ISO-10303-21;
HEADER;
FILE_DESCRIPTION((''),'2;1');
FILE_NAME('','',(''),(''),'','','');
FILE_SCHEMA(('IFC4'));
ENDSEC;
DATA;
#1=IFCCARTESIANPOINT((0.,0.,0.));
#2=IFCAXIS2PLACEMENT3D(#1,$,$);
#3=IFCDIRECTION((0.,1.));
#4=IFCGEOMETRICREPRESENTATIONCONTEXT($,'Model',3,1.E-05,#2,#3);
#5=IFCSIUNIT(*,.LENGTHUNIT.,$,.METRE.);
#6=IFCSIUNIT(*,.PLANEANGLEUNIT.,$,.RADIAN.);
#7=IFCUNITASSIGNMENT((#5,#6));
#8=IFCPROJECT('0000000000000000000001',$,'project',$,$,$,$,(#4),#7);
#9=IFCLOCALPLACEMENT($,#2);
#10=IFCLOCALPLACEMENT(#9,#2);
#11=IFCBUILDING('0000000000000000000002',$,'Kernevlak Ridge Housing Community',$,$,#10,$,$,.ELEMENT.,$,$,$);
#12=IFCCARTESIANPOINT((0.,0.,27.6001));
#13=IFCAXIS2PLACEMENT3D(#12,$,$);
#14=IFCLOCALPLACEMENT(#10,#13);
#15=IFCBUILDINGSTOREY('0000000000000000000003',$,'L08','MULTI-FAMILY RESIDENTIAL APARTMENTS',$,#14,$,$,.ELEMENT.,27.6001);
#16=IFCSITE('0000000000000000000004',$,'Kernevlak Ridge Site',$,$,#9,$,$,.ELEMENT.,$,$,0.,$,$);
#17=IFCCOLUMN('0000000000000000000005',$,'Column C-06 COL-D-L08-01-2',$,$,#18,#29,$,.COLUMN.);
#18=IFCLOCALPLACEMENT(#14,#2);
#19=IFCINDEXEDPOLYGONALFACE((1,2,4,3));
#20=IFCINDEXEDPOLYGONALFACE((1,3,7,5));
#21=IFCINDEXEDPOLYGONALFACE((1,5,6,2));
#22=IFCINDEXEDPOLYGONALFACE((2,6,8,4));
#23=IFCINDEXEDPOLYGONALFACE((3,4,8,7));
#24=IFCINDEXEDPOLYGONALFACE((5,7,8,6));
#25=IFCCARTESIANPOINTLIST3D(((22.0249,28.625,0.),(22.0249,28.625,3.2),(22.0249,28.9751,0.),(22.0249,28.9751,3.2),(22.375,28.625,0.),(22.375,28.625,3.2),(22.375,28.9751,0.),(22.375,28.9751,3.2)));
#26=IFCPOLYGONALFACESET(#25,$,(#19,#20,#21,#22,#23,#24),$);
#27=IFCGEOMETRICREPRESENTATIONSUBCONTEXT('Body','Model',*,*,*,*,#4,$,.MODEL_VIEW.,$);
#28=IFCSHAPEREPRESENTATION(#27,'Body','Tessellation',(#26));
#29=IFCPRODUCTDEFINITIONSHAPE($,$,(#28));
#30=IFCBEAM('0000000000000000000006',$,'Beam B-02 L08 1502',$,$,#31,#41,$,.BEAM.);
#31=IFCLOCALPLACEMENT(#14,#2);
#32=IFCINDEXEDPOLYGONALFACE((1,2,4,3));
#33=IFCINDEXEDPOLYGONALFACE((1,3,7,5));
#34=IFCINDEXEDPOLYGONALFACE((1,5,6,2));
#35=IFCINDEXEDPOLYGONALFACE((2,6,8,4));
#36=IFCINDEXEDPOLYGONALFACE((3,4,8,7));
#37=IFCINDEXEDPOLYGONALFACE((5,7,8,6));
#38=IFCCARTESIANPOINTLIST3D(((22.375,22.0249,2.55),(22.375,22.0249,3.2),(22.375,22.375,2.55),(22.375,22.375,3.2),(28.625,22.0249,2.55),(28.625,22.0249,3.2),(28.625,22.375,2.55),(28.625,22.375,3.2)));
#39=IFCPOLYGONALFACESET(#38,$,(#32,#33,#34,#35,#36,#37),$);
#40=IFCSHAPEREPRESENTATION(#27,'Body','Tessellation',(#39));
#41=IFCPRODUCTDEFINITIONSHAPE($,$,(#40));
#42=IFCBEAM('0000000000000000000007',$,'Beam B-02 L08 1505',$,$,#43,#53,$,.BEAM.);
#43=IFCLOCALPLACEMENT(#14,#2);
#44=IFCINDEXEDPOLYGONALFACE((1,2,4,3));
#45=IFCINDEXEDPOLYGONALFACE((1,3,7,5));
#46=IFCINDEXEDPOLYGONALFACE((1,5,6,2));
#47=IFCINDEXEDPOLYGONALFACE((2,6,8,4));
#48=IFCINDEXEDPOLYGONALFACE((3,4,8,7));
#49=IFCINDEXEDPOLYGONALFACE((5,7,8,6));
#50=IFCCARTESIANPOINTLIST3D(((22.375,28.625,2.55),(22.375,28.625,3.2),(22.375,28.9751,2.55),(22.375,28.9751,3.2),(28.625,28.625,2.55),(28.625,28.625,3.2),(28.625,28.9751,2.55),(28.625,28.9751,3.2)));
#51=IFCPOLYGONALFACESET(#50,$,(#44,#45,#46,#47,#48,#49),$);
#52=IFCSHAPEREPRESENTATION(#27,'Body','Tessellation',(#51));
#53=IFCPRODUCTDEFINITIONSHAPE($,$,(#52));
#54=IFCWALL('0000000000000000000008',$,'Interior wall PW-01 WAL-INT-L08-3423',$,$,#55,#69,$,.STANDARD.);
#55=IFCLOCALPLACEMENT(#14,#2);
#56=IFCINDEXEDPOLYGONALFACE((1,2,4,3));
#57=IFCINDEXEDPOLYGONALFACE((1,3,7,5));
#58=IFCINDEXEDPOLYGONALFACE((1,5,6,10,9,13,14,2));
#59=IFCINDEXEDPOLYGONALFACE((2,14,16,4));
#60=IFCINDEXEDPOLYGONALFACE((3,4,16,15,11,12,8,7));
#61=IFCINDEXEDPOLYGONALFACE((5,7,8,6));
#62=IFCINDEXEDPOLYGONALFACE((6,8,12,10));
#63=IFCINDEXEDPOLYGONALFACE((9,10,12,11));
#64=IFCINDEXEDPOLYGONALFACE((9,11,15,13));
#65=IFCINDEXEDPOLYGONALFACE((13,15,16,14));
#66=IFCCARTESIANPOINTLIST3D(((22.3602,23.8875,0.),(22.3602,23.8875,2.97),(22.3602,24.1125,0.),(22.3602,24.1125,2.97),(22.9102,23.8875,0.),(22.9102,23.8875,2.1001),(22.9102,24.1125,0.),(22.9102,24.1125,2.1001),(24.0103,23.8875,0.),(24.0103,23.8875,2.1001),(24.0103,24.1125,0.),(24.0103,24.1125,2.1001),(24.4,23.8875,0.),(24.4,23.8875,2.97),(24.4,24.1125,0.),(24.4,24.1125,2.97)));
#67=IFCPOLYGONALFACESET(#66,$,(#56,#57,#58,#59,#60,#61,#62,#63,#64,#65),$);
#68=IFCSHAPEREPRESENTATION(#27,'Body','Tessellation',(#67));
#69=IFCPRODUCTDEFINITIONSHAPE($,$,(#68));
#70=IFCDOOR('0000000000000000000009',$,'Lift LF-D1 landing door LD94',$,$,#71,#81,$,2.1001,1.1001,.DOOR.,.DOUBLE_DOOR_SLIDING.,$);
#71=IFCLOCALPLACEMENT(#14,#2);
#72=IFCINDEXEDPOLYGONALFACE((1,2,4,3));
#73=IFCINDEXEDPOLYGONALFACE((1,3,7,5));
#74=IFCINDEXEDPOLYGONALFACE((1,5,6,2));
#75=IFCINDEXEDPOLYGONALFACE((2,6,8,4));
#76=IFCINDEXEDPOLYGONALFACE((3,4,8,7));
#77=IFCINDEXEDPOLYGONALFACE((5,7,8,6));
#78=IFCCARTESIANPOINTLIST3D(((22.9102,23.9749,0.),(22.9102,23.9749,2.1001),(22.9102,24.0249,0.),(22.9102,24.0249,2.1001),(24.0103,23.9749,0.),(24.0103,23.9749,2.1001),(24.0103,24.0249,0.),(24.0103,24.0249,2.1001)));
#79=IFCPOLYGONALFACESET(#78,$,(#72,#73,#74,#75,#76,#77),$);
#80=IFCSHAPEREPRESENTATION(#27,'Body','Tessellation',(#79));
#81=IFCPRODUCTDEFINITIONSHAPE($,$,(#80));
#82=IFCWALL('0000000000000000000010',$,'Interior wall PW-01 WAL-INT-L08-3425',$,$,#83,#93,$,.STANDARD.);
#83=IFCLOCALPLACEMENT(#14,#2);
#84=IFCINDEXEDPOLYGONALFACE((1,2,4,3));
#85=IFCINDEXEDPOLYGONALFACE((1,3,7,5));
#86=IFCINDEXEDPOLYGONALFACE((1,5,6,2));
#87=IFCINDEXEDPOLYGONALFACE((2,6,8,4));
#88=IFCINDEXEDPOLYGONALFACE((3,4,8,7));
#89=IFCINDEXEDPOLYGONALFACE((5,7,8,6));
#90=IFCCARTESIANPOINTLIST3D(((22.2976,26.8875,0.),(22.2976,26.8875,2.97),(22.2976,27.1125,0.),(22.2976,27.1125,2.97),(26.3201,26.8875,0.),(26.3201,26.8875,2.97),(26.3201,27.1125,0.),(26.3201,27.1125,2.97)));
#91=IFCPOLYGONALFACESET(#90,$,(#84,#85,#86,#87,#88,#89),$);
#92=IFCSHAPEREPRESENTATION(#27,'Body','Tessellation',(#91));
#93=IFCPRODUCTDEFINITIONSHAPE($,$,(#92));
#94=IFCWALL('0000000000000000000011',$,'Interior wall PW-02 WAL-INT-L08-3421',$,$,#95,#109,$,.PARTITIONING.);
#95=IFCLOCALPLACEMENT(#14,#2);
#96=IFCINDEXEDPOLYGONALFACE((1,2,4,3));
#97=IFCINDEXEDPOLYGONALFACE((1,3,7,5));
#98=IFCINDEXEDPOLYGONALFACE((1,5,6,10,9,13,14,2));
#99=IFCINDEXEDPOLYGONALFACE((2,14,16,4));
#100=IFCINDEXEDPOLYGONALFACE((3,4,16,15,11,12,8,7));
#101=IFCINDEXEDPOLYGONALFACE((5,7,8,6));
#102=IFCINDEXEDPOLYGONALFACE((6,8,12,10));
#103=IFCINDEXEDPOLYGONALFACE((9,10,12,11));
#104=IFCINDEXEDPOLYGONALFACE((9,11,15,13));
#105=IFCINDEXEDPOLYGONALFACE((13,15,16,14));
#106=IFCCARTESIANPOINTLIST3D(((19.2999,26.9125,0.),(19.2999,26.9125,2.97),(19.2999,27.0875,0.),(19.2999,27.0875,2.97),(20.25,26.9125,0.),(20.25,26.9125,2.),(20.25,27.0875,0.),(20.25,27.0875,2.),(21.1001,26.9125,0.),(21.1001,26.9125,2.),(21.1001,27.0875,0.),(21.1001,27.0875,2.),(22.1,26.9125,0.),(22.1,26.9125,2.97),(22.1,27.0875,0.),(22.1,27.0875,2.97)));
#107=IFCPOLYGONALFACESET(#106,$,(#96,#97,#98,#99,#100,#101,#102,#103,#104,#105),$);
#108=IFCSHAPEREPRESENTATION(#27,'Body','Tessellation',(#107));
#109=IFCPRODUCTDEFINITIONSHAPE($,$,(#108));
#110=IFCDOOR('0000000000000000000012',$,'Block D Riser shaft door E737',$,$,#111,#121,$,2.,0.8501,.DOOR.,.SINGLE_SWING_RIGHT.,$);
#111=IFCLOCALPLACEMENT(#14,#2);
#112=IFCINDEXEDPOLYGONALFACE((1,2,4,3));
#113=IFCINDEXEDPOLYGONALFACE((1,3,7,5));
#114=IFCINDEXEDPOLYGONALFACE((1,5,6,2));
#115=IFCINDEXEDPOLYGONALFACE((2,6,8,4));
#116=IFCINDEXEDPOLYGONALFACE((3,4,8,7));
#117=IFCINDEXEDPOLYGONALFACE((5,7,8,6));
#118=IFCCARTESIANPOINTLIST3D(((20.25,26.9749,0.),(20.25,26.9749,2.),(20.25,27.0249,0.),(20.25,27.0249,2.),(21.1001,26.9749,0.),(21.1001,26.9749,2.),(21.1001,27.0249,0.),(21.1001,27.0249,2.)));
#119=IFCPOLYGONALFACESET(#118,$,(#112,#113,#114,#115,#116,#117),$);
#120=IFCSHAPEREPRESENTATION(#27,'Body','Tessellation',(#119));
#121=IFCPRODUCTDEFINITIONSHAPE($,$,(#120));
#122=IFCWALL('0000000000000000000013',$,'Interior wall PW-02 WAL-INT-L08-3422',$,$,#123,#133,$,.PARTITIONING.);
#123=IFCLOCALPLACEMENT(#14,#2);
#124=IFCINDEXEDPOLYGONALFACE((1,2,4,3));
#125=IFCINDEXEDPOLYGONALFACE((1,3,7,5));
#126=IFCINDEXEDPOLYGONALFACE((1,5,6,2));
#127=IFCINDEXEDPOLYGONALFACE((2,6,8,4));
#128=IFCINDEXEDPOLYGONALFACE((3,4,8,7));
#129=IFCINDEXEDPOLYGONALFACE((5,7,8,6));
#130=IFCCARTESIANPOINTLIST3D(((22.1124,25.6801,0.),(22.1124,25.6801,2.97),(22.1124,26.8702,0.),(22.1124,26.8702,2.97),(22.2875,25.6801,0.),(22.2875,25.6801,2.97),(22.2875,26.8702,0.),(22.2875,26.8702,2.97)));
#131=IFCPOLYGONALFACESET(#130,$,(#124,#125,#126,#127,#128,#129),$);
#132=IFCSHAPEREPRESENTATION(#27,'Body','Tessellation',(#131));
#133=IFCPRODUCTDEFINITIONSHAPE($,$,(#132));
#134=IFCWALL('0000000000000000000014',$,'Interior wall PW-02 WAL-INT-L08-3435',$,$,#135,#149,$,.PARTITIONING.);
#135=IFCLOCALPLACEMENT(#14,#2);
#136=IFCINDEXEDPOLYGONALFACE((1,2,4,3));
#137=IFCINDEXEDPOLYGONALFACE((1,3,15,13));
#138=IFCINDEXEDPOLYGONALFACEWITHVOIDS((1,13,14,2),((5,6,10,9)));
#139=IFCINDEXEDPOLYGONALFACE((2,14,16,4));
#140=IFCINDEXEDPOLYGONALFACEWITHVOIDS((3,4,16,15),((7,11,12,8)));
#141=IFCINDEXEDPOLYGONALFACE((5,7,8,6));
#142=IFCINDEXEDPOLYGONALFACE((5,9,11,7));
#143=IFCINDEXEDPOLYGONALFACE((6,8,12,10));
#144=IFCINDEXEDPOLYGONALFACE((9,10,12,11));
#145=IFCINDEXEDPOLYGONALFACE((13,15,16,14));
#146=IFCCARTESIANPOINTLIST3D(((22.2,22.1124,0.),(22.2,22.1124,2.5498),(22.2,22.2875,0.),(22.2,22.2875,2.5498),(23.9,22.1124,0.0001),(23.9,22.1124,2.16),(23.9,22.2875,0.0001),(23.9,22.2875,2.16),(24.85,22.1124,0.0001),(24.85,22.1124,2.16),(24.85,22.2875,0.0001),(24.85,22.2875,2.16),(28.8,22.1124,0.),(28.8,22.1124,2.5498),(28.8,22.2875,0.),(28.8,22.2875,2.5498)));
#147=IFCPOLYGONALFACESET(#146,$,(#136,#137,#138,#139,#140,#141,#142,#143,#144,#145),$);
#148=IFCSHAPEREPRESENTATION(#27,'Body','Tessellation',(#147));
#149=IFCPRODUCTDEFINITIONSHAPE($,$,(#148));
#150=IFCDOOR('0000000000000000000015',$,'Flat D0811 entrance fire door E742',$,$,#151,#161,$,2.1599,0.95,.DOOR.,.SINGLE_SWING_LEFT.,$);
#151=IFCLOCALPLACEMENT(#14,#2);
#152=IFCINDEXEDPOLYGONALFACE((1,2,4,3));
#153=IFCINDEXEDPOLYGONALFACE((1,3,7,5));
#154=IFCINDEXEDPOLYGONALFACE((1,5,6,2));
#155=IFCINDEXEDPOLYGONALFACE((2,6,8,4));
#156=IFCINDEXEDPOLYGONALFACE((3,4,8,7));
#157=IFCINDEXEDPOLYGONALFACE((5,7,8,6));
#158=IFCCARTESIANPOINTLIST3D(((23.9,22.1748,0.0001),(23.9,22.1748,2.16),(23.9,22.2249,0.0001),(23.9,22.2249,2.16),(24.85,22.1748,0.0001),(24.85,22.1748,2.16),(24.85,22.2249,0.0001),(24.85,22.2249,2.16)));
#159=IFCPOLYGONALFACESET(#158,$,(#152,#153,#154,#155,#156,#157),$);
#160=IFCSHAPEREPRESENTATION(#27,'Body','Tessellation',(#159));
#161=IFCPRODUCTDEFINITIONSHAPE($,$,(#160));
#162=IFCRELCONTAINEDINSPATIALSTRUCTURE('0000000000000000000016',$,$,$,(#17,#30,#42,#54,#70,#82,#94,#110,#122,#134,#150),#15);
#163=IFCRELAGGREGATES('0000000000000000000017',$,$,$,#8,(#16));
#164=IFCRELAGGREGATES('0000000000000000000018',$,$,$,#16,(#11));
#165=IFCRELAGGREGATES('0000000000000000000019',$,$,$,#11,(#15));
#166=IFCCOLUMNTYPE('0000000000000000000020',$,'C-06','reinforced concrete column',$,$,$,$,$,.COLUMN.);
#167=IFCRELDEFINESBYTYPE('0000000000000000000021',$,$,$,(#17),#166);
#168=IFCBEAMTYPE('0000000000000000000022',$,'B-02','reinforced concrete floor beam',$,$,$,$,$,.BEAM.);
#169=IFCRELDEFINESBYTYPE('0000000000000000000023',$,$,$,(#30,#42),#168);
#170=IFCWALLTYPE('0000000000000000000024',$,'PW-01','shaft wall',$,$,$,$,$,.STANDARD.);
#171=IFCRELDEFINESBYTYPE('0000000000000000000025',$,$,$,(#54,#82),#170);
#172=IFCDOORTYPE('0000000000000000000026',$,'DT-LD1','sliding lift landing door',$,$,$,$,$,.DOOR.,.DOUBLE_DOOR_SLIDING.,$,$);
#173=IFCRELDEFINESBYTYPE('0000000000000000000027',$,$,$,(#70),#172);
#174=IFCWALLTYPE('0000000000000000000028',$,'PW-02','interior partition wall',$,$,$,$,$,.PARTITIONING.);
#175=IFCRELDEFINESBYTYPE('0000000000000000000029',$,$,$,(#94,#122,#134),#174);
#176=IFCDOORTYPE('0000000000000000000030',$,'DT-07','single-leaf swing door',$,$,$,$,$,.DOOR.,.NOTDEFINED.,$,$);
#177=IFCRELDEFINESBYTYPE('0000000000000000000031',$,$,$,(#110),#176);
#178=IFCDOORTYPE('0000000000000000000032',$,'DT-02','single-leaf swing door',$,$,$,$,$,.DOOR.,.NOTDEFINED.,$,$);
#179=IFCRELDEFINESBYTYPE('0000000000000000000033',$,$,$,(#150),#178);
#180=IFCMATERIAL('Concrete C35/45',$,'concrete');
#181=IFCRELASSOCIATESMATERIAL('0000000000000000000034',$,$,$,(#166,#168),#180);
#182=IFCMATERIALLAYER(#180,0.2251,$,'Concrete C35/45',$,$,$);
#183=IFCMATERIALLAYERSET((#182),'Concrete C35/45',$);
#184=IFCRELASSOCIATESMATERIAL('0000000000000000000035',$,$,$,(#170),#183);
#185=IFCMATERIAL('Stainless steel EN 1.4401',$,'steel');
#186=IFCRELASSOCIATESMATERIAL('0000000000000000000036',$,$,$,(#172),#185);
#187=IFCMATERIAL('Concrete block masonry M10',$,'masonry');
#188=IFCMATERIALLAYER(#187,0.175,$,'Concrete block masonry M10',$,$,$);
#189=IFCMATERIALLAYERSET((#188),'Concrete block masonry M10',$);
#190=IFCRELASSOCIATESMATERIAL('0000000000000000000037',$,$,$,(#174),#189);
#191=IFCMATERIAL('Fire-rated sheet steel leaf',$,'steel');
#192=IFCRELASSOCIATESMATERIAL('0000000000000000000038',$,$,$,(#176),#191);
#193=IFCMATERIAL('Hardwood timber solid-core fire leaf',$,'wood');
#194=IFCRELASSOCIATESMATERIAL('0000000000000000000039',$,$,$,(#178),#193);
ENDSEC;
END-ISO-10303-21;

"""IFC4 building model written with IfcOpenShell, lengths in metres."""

from ifc_helpers import new_model, si_unit, direction, frame, frame_2d, origin, origin_2d, place, context, subcontext, project, spatial, rectangle, extrude, material, layer, layer_set, material_profile, profile_set, type_object, element, fill, save


model = new_model("IFC4")

# Units and contexts
model_context = context("Model", 3, precision=1e-05, world=origin(), true_north=direction((0.0, 1.0)))
body_context = subcontext(model_context, "Body", "Model", "MODEL_VIEW")
ifc_project = project(units=[si_unit("LENGTHUNIT", "METRE"), si_unit("PLANEANGLEUNIT", "RADIAN")], contexts=[model_context])

# Site, building, storey
site_placement = place(None, origin())
site = spatial("IfcSite", under=ifc_project, at=site_placement, Name="Kernevlak Ridge Site", CompositionType="ELEMENT", RefElevation=0.0)
building_placement = place(site_placement, origin())
building = spatial("IfcBuilding", under=site, at=building_placement, Name="Kernevlak Ridge Housing Community", CompositionType="ELEMENT")
storey_placement = place(building_placement, frame((0.0, 0.0, 27.6001)))
storey = spatial("IfcBuildingStorey", under=building, at=storey_placement, Name="L08", Description="MULTI-FAMILY RESIDENTIAL APARTMENTS", CompositionType="ELEMENT", Elevation=27.6001)

# Column
ifc_material_1 = material(Name="Concrete C35/45", Category="concrete")
ifc_material_profile_1 = material_profile(ifc_material_1, rectangle(XDim=0.3501, YDim=0.3501, at=origin_2d()), Name="RC 350x350")
ifc_profile_set_1 = profile_set([ifc_material_profile_1], Name="Concrete C35/45")
column_type = type_object("IfcColumnType", Name="C-06", Description="reinforced concrete column", PredefinedType="COLUMN", material=ifc_profile_set_1)
column_placement = place(storey_placement, frame((22.2, 28.8, 0.0), z_axis=(0.0, 0.0, 1.0), x_axis=(1.0, 0.0, 0.0)))
element("IfcColumn", 1, at=column_placement, inside=storey, type_object=column_type, Name="Column C-06 COL-D-L08-01-2", PredefinedType="COLUMN", context=body_context, shape_type="SweptSolid", body=[
    extrude(rectangle(XDim=0.3501, YDim=0.3501, at=origin_2d()), origin(), (0.0, 0.0, 1.0), 3.2),
])

# Beams
ifc_material_profile_2 = material_profile(ifc_material_1, rectangle(XDim=0.3501, YDim=0.6499, at=origin_2d()), Name="RC 350x650")
ifc_profile_set_2 = profile_set([ifc_material_profile_2], Name="Concrete C35/45")
beam_type = type_object("IfcBeamType", Name="B-02", Description="reinforced concrete floor beam", PredefinedType="BEAM", material=ifc_profile_set_2)
for number, where, z_axis, x_axis, name in (
    (2, (22.375, 22.2, 2.875), (1.0, 0.0, 0.0), (0.0, 1.0, 0.0), "Beam B-02 L08 1502"),
    (3, (22.375, 28.8, 2.875), (1.0, 0.0, 0.0), (0.0, 1.0, 0.0), "Beam B-02 L08 1505"),
):
    element("IfcBeam", number, at=place(storey_placement, frame(where, z_axis=z_axis, x_axis=x_axis)), inside=storey, type_object=beam_type, Name=name, PredefinedType="BEAM", context=body_context, shape_type="SweptSolid", body=[
        extrude(rectangle(XDim=0.3501, YDim=0.6499, at=origin_2d()), origin(), (0.0, 0.0, 1.0), 6.25),
    ])

# Wall, opening, door
ifc_layer_1 = layer(ifc_material_1, 0.2251, Name="Concrete C35/45")
ifc_layer_set_1 = layer_set([ifc_layer_1], Name="Concrete C35/45")
wall_type_1 = type_object("IfcWallType", Name="PW-01", Description="shaft wall", PredefinedType="STANDARD", material=ifc_layer_set_1)
wall_1_placement = place(storey_placement, frame((22.3601, 24.0, 0.0), z_axis=(0.0, 0.0, 1.0), x_axis=(1.0, 0.0, 0.0)))
wall_1 = element("IfcWall", 4, at=wall_1_placement, inside=storey, type_object=wall_type_1, Name="Interior wall PW-01 WAL-INT-L08-3423", PredefinedType="STANDARD", context=body_context, shape_type="SweptSolid", body=[
    extrude(rectangle(XDim=2.0398, YDim=0.2251, at=frame_2d((1.02, 0.0))), origin(), (0.0, 0.0, 1.0), 2.97),
])
opening_1_placement = place(wall_1_placement, frame((0.55, 0.0, 0.0)))
opening_1 = element("IfcOpeningElement", 5, at=opening_1_placement, cuts=wall_1, PredefinedType="OPENING", context=body_context, shape_type="SweptSolid", body=[
    extrude(rectangle(XDim=1.1001, YDim=2.1001, at=frame_2d((0.55, 1.05))), frame((0.0, 0.1226, 0.0), z_axis=(0.0, -1.0, 0.0), x_axis=(1.0, 0.0, 0.0)), (0.0, 0.0, 1.0), 0.2451),
])
ifc_material_2 = material(Name="Stainless steel EN 1.4401", Category="steel")
door_type_1 = type_object("IfcDoorType", Name="DT-LD1", Description="sliding lift landing door", OperationType="DOUBLE_DOOR_SLIDING", PredefinedType="DOOR", material=ifc_material_2)
door_1_placement = place(opening_1_placement, origin())
door_1 = element("IfcDoor", 6, at=door_1_placement, inside=storey, type_object=door_type_1, Name="Lift LF-D1 landing door LD94", OperationType="DOUBLE_DOOR_SLIDING", OverallHeight=2.1001, OverallWidth=1.1001, PredefinedType="DOOR", context=body_context, shape_type="SweptSolid", body=[
    extrude(rectangle(XDim=1.1001, YDim=2.1001, at=frame_2d((0.55, 1.05))), frame((0.0, 0.0249, 0.0), z_axis=(0.0, -1.0, 0.0), x_axis=(1.0, 0.0, 0.0)), (0.0, 0.0, 1.0), 0.05),
])
fill(opening_1, door_1)

# Wall
wall_2_placement = place(storey_placement, frame((22.2976, 27.0, 0.0), z_axis=(0.0, 0.0, 1.0), x_axis=(1.0, 0.0, 0.0)))
element("IfcWall", 7, at=wall_2_placement, inside=storey, type_object=wall_type_1, Name="Interior wall PW-01 WAL-INT-L08-3425", PredefinedType="STANDARD", context=body_context, shape_type="SweptSolid", body=[
    extrude(rectangle(XDim=4.0225, YDim=0.2251, at=frame_2d((2.0112, 0.0))), origin(), (0.0, 0.0, 1.0), 2.97),
])

# Wall, opening, door
ifc_material_3 = material(Name="Concrete block masonry M10", Category="masonry")
ifc_layer_2 = layer(ifc_material_3, 0.175, Name="Concrete block masonry M10")
ifc_layer_set_2 = layer_set([ifc_layer_2], Name="Concrete block masonry M10")
wall_type_2 = type_object("IfcWallType", Name="PW-02", Description="interior partition wall", PredefinedType="PARTITIONING", material=ifc_layer_set_2)
ifc_material_4 = material(Name="Fire-rated sheet steel leaf", Category="steel")
wall_3_placement = place(storey_placement, frame((19.3, 27.0, 0.0), z_axis=(0.0, 0.0, 1.0), x_axis=(1.0, 0.0, 0.0)))
wall_3 = element("IfcWall", 8, at=wall_3_placement, inside=storey, type_object=wall_type_2, Name="Interior wall PW-02 WAL-INT-L08-3421", PredefinedType="PARTITIONING", context=body_context, shape_type="SweptSolid", body=[
    extrude(rectangle(XDim=2.8, YDim=0.175, at=frame_2d((1.3999, 0.0))), origin(), (0.0, 0.0, 1.0), 2.97),
])
opening_2_placement = place(wall_3_placement, frame((0.95, 0.0, 0.0)))
opening_2 = element("IfcOpeningElement", 9, at=opening_2_placement, cuts=wall_3, PredefinedType="OPENING", context=body_context, shape_type="SweptSolid", body=[
    extrude(rectangle(XDim=0.8501, YDim=2.0, at=frame_2d((0.425, 1.0))), frame((0.0, 0.0974, 0.0), z_axis=(0.0, -1.0, 0.0), x_axis=(1.0, 0.0, 0.0)), (0.0, 0.0, 1.0), 0.1951),
])
door_type_2 = type_object("IfcDoorType", Name="DT-07", Description="single-leaf swing door", OperationType="NOTDEFINED", PredefinedType="DOOR", material=ifc_material_4)
door_2_placement = place(opening_2_placement, origin())
door_2 = element("IfcDoor", 10, at=door_2_placement, inside=storey, type_object=door_type_2, Name="Block D Riser shaft door E737", OperationType="SINGLE_SWING_RIGHT", OverallHeight=2.0, OverallWidth=0.8501, PredefinedType="DOOR", context=body_context, shape_type="SweptSolid", body=[
    extrude(rectangle(XDim=0.8501, YDim=2.0, at=frame_2d((0.425, 1.0))), frame((0.0, 0.0249, 0.0), z_axis=(0.0, -1.0, 0.0), x_axis=(1.0, 0.0, 0.0)), (0.0, 0.0, 1.0), 0.05),
])
fill(opening_2, door_2)

# Wall
wall_4_placement = place(storey_placement, frame((22.2, 25.6799, 0.0), z_axis=(0.0, 0.0, 1.0), x_axis=(0.0, 1.0, 0.0)))
element("IfcWall", 11, at=wall_4_placement, inside=storey, type_object=wall_type_2, Name="Interior wall PW-02 WAL-INT-L08-3422", PredefinedType="PARTITIONING", context=body_context, shape_type="SweptSolid", body=[
    extrude(rectangle(XDim=1.1902, YDim=0.175, at=frame_2d((0.5952, 0.0))), origin(), (0.0, 0.0, 1.0), 2.97),
])

# Wall, opening, door
wall_5_placement = place(storey_placement, frame((22.2, 22.2, 0.0), z_axis=(0.0, 0.0, 1.0), x_axis=(1.0, 0.0, 0.0)))
wall_5 = element("IfcWall", 12, at=wall_5_placement, inside=storey, type_object=wall_type_2, Name="Interior wall PW-02 WAL-INT-L08-3435", PredefinedType="PARTITIONING", context=body_context, shape_type="SweptSolid", body=[
    extrude(rectangle(XDim=6.6001, YDim=0.175, at=frame_2d((3.3, 0.0))), origin(), (0.0, 0.0, 1.0), 2.5498),
])
opening_3_placement = place(wall_5_placement, frame((1.7, 0.0, 0.0)))
opening_3 = element("IfcOpeningElement", 13, at=opening_3_placement, cuts=wall_5, PredefinedType="OPENING", context=body_context, shape_type="SweptSolid", body=[
    extrude(rectangle(XDim=0.95, YDim=2.1599, at=frame_2d((0.4751, 1.0801))), frame((0.0, 0.0974, 0.0), z_axis=(0.0, -1.0, 0.0), x_axis=(1.0, 0.0, 0.0)), (0.0, 0.0, 1.0), 0.1951),
])
ifc_material_5 = material(Name="Hardwood timber solid-core fire leaf", Category="wood")
door_type_3 = type_object("IfcDoorType", Name="DT-02", Description="single-leaf swing door", OperationType="NOTDEFINED", PredefinedType="DOOR", material=ifc_material_5)
door_3_placement = place(opening_3_placement, origin())
door_3 = element("IfcDoor", 14, at=door_3_placement, inside=storey, type_object=door_type_3, Name="Flat D0811 entrance fire door E742", OperationType="SINGLE_SWING_LEFT", OverallHeight=2.1599, OverallWidth=0.95, PredefinedType="DOOR", context=body_context, shape_type="SweptSolid", body=[
    extrude(rectangle(XDim=0.95, YDim=2.1599, at=frame_2d((0.4751, 1.0801))), frame((0.0, 0.0249, 0.0), z_axis=(0.0, -1.0, 0.0), x_axis=(1.0, 0.0, 0.0)), (0.0, 0.0, 1.0), 0.05),
])
fill(opening_3, door_3)

save(model, "model.ifc")
